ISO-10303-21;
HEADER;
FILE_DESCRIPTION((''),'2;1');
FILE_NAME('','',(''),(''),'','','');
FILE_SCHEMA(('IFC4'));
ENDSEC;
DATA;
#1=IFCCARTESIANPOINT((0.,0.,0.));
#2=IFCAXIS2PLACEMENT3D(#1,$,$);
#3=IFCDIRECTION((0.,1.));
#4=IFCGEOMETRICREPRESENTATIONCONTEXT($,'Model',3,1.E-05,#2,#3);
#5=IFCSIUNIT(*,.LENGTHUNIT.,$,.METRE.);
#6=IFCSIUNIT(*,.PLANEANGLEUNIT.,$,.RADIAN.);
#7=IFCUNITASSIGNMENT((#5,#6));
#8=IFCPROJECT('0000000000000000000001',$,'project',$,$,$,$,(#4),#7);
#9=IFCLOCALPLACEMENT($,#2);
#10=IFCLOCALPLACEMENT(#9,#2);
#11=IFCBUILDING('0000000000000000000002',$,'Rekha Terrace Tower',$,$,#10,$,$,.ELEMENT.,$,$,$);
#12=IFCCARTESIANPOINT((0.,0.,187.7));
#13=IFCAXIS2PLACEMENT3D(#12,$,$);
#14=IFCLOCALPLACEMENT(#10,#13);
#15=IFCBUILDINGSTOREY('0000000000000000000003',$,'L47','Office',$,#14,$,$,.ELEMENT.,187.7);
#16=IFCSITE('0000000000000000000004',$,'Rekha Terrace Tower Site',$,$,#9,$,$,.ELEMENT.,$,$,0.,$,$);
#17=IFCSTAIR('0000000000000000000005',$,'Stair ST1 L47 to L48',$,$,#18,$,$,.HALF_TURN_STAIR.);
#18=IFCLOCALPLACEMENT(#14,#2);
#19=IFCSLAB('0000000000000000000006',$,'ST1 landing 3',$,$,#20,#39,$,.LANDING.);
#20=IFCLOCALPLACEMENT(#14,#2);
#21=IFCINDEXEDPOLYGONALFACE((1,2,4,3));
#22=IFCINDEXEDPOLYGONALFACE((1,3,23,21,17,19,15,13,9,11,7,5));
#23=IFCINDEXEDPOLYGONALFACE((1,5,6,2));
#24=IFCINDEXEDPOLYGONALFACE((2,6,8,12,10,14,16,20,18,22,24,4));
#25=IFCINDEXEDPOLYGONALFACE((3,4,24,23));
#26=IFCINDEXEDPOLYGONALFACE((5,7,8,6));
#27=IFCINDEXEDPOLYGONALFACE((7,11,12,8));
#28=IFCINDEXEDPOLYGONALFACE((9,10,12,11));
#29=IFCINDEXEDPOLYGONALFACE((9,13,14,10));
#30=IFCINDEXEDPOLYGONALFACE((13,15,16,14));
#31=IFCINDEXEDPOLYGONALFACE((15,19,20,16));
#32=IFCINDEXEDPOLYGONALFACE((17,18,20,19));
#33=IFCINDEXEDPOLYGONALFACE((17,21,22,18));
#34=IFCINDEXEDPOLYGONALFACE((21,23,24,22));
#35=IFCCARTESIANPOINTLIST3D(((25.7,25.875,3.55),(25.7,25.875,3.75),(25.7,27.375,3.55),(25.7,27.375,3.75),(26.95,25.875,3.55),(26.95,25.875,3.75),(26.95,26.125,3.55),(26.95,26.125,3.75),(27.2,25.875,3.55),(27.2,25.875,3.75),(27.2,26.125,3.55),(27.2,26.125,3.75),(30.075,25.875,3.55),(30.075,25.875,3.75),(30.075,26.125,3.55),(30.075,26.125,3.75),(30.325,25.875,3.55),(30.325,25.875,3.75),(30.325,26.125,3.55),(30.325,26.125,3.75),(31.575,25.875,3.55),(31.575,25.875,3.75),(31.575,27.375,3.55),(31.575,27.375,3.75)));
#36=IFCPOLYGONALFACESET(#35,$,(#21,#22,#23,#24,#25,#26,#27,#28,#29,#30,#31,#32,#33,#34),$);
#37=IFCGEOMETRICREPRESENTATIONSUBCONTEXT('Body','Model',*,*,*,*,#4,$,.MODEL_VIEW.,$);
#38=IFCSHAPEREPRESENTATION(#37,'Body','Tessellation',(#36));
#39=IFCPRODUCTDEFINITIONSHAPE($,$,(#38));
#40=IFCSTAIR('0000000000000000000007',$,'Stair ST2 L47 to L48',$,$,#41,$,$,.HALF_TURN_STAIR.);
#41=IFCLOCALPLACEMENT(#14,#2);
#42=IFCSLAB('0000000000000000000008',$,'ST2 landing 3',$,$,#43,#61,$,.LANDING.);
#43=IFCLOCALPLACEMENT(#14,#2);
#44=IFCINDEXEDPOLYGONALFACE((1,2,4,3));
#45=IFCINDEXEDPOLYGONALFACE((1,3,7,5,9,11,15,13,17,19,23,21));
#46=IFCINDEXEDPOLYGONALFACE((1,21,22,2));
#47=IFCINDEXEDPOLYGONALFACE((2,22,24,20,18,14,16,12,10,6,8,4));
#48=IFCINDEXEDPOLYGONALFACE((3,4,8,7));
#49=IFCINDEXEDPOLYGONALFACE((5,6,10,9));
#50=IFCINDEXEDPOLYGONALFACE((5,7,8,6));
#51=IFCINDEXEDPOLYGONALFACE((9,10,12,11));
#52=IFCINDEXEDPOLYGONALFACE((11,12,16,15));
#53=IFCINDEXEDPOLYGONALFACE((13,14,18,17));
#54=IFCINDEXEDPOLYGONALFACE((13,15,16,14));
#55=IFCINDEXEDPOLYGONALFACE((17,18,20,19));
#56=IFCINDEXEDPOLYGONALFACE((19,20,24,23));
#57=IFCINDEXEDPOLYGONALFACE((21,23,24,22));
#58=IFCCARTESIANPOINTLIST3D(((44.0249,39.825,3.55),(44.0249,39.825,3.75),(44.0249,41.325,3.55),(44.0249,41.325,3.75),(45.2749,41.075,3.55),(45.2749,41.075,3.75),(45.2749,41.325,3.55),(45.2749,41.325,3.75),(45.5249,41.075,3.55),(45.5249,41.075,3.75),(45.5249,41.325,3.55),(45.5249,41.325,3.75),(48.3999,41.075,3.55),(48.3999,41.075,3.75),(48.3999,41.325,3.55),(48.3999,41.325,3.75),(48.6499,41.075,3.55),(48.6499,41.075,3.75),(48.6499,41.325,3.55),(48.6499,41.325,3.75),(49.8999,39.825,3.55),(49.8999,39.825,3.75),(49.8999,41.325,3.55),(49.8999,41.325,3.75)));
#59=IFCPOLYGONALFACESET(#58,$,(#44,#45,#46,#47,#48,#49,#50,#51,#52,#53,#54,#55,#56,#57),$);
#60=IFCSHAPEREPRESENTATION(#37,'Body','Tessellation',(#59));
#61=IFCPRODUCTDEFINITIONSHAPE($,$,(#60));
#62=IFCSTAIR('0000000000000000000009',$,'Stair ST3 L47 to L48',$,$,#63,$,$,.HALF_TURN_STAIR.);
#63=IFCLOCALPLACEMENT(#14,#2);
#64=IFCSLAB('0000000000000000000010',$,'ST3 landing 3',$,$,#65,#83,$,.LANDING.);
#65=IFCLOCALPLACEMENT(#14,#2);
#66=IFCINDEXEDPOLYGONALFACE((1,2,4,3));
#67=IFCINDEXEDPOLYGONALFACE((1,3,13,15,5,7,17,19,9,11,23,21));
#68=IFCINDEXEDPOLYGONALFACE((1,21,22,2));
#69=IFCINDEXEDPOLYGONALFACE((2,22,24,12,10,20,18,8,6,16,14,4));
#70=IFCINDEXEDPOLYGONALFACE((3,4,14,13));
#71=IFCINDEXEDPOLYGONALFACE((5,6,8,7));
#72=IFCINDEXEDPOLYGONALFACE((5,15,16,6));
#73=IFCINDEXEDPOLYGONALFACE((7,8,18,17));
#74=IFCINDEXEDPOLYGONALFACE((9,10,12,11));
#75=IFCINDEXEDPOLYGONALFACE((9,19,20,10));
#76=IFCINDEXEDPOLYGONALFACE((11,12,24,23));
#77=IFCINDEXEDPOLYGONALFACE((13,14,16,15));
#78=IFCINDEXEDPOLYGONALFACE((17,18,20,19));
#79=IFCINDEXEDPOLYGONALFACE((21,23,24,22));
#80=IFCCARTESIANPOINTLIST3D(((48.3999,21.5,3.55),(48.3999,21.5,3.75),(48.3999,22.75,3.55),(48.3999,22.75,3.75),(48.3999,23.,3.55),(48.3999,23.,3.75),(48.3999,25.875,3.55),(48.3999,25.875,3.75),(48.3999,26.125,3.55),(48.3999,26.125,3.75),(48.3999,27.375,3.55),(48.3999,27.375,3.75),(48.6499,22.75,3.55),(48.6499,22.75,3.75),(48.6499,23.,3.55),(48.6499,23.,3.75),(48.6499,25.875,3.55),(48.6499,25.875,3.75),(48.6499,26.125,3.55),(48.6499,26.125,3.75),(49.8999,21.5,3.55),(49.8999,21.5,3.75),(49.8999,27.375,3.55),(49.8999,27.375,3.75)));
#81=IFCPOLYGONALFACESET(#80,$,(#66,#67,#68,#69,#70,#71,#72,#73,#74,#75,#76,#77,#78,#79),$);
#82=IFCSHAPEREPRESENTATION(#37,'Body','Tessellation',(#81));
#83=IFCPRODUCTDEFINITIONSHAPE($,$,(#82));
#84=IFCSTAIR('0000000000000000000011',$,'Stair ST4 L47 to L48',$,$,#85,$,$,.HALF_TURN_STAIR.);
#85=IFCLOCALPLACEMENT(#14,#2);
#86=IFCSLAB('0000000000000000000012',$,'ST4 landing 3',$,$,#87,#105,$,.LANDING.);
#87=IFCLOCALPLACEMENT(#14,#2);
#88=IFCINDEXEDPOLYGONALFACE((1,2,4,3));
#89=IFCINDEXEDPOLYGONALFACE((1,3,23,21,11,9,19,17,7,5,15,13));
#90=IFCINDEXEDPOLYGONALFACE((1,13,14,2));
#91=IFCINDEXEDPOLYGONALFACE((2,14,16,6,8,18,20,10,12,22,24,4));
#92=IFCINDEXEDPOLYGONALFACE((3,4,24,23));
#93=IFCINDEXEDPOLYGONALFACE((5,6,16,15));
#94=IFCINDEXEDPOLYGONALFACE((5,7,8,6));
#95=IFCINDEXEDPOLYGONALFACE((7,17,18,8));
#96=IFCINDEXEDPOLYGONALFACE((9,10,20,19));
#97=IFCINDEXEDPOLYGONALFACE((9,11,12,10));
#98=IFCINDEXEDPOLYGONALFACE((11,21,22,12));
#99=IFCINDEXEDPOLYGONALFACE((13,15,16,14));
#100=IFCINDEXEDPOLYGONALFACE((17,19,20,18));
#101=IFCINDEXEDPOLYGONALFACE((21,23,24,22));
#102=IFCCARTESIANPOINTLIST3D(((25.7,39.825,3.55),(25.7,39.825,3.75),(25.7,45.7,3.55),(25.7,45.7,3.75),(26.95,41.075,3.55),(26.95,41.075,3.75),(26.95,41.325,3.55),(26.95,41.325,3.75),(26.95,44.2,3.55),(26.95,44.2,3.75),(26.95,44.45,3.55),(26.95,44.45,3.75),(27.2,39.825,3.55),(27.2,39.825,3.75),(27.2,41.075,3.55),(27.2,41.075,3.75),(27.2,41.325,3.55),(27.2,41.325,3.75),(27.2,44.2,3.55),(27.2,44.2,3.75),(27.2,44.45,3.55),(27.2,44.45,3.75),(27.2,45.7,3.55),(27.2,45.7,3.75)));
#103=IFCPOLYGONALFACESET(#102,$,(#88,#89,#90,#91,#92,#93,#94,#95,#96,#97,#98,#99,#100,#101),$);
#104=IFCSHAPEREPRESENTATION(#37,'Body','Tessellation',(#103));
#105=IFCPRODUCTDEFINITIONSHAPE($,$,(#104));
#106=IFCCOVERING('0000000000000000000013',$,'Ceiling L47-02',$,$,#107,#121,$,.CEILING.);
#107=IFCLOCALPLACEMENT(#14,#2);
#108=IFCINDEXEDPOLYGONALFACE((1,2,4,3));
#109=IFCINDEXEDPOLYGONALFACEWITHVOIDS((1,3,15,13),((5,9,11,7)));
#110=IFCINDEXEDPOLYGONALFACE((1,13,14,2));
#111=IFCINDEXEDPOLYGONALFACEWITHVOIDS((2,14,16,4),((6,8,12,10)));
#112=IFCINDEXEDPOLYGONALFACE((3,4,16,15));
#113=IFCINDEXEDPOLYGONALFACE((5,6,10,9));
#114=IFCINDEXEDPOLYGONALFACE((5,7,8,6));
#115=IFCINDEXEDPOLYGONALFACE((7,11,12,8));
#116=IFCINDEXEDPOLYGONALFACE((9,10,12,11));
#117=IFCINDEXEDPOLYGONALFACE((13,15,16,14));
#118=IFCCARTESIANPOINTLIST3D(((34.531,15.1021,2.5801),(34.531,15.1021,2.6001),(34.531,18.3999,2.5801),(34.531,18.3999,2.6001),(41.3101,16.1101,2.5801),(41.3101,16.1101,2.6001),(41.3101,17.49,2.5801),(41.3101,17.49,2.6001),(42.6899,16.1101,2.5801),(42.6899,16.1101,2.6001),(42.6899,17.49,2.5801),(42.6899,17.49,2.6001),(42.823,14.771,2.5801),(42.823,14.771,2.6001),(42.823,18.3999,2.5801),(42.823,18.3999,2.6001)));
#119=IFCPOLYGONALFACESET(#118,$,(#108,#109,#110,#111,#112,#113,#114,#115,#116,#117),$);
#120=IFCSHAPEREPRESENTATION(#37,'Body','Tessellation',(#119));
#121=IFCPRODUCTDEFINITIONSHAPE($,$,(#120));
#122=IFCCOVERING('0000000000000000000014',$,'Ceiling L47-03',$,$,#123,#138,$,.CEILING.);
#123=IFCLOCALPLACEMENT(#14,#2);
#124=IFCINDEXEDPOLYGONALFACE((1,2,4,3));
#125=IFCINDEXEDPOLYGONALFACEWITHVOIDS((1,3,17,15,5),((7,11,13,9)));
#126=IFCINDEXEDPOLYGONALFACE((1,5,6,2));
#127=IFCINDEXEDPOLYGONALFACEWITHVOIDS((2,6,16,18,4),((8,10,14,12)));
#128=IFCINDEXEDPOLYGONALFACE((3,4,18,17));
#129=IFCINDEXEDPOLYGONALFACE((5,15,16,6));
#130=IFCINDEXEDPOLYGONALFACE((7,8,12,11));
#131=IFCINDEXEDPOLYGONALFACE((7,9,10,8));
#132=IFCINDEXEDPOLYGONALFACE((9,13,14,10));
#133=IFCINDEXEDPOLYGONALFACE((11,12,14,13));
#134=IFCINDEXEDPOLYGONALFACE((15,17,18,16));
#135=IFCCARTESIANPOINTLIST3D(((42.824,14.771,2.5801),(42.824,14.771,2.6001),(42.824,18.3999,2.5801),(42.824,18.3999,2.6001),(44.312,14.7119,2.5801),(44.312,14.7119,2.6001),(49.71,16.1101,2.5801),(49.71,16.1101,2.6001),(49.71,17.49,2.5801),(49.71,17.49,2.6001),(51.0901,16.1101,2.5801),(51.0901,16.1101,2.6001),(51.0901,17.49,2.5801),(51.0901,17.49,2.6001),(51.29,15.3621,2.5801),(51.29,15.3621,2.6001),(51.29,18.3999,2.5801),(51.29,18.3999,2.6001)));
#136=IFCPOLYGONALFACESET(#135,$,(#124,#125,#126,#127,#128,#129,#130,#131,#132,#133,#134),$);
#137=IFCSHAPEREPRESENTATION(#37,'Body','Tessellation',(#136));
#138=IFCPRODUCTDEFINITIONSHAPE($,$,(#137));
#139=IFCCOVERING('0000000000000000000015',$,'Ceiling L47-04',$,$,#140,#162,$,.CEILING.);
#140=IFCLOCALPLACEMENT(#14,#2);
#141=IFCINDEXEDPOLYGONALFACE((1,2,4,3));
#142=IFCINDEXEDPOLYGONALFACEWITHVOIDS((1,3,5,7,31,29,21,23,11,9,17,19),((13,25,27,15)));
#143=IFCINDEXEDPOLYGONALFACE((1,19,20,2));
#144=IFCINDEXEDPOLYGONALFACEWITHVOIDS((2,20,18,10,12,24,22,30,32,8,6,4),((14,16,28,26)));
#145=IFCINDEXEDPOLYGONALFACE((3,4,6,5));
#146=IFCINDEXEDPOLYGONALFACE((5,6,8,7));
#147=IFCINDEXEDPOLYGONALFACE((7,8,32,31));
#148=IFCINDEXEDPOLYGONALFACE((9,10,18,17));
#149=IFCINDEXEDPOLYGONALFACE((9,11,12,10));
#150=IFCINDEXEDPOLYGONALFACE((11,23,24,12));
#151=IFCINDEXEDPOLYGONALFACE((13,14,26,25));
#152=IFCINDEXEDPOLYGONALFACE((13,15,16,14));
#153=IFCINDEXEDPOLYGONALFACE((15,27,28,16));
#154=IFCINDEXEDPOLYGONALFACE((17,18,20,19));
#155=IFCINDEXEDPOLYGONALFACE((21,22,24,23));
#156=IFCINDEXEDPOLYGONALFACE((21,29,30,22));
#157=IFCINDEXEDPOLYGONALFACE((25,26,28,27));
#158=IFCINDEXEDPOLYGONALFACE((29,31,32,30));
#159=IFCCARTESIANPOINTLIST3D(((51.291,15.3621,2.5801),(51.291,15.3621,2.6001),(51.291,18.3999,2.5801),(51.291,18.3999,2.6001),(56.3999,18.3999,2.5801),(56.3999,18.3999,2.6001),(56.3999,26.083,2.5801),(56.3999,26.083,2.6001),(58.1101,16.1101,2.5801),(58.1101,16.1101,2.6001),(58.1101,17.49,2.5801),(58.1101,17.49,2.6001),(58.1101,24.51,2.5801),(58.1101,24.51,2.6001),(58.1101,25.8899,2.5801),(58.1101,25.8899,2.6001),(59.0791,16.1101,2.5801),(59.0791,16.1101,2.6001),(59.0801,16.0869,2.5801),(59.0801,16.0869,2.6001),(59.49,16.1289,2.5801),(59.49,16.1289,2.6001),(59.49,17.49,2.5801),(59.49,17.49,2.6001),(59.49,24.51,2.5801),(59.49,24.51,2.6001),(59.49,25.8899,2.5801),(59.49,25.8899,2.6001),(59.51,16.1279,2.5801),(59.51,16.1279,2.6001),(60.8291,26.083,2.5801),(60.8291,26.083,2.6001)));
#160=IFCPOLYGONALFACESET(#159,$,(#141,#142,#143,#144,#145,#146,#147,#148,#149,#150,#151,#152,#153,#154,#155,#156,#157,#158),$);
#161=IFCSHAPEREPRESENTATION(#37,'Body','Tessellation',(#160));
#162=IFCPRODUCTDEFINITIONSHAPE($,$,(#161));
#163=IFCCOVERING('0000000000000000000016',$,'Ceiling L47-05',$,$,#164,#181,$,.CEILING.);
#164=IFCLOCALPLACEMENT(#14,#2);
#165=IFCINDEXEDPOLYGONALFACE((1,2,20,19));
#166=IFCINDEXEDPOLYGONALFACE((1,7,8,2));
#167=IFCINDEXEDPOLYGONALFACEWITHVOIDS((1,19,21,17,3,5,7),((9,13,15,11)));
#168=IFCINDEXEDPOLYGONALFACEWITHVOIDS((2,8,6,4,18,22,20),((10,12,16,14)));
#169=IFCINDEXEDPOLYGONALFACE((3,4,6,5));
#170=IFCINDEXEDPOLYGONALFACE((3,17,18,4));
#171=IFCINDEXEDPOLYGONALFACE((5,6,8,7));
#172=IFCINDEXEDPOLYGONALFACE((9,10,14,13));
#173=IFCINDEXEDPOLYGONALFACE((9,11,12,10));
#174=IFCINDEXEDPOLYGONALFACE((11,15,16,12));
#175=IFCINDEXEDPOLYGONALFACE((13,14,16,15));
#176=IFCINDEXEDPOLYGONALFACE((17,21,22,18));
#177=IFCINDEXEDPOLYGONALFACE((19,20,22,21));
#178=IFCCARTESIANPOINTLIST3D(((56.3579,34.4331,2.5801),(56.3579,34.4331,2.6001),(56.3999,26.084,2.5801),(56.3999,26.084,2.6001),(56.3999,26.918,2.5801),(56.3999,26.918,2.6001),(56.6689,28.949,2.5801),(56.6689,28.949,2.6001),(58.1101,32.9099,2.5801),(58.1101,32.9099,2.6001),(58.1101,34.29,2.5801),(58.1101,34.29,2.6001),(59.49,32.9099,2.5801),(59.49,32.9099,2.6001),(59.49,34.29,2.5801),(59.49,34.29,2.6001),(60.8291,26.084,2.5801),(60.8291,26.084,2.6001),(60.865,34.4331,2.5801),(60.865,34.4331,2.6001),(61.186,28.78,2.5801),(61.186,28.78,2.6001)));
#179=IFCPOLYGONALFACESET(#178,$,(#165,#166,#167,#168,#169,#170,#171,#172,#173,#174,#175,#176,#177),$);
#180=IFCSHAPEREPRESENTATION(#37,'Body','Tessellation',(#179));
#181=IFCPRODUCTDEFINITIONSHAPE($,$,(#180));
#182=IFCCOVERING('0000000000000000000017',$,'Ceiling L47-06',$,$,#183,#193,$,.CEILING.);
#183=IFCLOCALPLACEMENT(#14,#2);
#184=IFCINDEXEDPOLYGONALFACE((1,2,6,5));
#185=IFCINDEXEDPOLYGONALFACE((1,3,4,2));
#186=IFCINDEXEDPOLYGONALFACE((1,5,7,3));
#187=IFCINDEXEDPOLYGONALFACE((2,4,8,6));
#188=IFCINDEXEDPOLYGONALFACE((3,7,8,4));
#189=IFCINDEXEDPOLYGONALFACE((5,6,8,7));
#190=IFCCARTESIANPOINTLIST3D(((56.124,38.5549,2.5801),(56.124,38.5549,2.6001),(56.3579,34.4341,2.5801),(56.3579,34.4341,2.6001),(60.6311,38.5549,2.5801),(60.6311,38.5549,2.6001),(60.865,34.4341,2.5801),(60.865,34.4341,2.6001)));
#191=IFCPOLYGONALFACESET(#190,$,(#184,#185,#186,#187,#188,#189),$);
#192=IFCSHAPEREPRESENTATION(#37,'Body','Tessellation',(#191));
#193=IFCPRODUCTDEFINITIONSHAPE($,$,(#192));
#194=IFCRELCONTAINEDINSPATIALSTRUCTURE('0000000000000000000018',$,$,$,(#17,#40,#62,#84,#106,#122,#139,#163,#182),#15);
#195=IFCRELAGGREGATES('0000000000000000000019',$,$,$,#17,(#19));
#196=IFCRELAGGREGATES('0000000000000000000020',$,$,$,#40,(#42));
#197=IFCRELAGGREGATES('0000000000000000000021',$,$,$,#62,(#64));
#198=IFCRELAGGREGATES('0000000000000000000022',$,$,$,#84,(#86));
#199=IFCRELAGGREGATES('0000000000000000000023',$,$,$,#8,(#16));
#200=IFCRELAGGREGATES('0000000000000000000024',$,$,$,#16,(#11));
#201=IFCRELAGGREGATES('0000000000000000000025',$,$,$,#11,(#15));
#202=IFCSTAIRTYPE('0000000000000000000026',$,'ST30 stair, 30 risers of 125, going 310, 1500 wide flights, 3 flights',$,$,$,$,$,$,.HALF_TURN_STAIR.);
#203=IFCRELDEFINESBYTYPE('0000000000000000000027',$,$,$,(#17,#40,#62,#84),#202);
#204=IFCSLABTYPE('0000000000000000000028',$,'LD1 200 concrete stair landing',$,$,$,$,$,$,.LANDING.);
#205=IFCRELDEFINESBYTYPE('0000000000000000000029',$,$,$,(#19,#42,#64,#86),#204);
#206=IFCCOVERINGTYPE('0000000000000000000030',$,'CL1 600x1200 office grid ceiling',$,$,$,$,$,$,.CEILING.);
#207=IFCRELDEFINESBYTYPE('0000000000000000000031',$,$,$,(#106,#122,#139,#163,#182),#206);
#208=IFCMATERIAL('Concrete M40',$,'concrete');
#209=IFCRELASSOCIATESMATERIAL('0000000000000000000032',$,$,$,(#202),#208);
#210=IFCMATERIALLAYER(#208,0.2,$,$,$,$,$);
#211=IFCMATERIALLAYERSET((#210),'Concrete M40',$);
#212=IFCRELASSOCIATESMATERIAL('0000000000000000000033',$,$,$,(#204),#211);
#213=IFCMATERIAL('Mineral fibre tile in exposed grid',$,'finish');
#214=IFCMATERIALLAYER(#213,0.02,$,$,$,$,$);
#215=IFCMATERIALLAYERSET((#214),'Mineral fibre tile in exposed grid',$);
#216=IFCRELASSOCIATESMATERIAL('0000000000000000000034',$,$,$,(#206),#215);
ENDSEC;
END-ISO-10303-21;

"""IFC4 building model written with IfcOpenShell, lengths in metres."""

from ifc_helpers import new_model, si_unit, direction, frame, origin, place, context, subcontext, project, spatial, polyline, outline, extrude, material, layer, layer_set, type_object, element, aggregate, save


model = new_model("IFC4")

# Units and contexts
model_context = context("Model", 3, precision=1e-05, world=origin(), true_north=direction((0.0, 1.0)))
body_context = subcontext(model_context, "Body", "Model", "MODEL_VIEW")
ifc_project = project(units=[si_unit("LENGTHUNIT", "METRE"), si_unit("PLANEANGLEUNIT", "RADIAN")], contexts=[model_context])

# Site, building, storey
site_placement = place(None, origin())
site = spatial("IfcSite", under=ifc_project, at=site_placement, Name="Rekha Terrace Tower Site", CompositionType="ELEMENT", RefElevation=0.0)
building_placement = place(site_placement, origin())
building = spatial("IfcBuilding", under=site, at=building_placement, Name="Rekha Terrace Tower", CompositionType="ELEMENT")
storey_placement = place(building_placement, frame((0.0, 0.0, 187.7)))
storey = spatial("IfcBuildingStorey", under=building, at=storey_placement, Name="L47", Description="Office", CompositionType="ELEMENT", Elevation=187.7)

# Stairs, slabs
ifc_material_1 = material(Name="Concrete M40", Category="concrete")
stair_type = type_object("IfcStairType", Name="ST30 stair, 30 risers of 125, going 310, 1500 wide flights, 3 flights", PredefinedType="HALF_TURN_STAIR", material=ifc_material_1)
stair_1_placement = place(storey_placement, origin())
stair_1 = element("IfcStair", 1, at=stair_1_placement, inside=storey, type_object=stair_type, Name="Stair ST1 L47 to L48", PredefinedType="HALF_TURN_STAIR")
ifc_layer_1 = layer(ifc_material_1, 0.2)
ifc_layer_set_1 = layer_set([ifc_layer_1], Name="Concrete M40")
slab_type = type_object("IfcSlabType", Name="LD1 200 concrete stair landing", PredefinedType="LANDING", material=ifc_layer_set_1)
slab_1_placement = place(storey_placement, frame((0.0, 0.0, 3.55)))
slab_1 = element("IfcSlab", 2, at=slab_1_placement, type_object=slab_type, Name="ST1 landing 3", PredefinedType="LANDING", context=body_context, shape_type="SweptSolid", body=[
    extrude(outline(polyline([(31.575, 25.875), (31.575, 27.375), (25.7, 27.375), (25.7, 25.875), (26.95, 25.875), (26.95, 26.125), (27.2, 26.125), (27.2, 25.875), (30.075, 25.875), (30.075, 26.125), (30.325, 26.125), (30.325, 25.875), (31.575, 25.875)])), origin(), (0.0, 0.0, 1.0), 0.2),
])
aggregate(stair_1, [slab_1])
stair_2_placement = place(storey_placement, origin())
stair_2 = element("IfcStair", 3, at=stair_2_placement, inside=storey, type_object=stair_type, Name="Stair ST2 L47 to L48", PredefinedType="HALF_TURN_STAIR")
slab_2_placement = place(storey_placement, frame((0.0, 0.0, 3.55)))
slab_2 = element("IfcSlab", 4, at=slab_2_placement, type_object=slab_type, Name="ST2 landing 3", PredefinedType="LANDING", context=body_context, shape_type="SweptSolid", body=[
    extrude(outline(polyline([(44.0249, 41.325), (44.0249, 39.825), (49.8999, 39.825), (49.8999, 41.325), (48.6499, 41.325), (48.6499, 41.075), (48.3999, 41.075), (48.3999, 41.325), (45.5249, 41.325), (45.5249, 41.075), (45.2749, 41.075), (45.2749, 41.325), (44.0249, 41.325)])), origin(), (0.0, 0.0, 1.0), 0.2),
])
aggregate(stair_2, [slab_2])
stair_3_placement = place(storey_placement, origin())
stair_3 = element("IfcStair", 5, at=stair_3_placement, inside=storey, type_object=stair_type, Name="Stair ST3 L47 to L48", PredefinedType="HALF_TURN_STAIR")
slab_3_placement = place(storey_placement, frame((0.0, 0.0, 3.55)))
slab_3 = element("IfcSlab", 6, at=slab_3_placement, type_object=slab_type, Name="ST3 landing 3", PredefinedType="LANDING", context=body_context, shape_type="SweptSolid", body=[
    extrude(outline(polyline([(48.3999, 21.5), (49.8999, 21.5), (49.8999, 27.375), (48.3999, 27.375), (48.3999, 26.125), (48.6499, 26.125), (48.6499, 25.875), (48.3999, 25.875), (48.3999, 23.0), (48.6499, 23.0), (48.6499, 22.75), (48.3999, 22.75), (48.3999, 21.5)])), origin(), (0.0, 0.0, 1.0), 0.2),
])
aggregate(stair_3, [slab_3])
stair_4_placement = place(storey_placement, origin())
stair_4 = element("IfcStair", 7, at=stair_4_placement, inside=storey, type_object=stair_type, Name="Stair ST4 L47 to L48", PredefinedType="HALF_TURN_STAIR")
slab_4_placement = place(storey_placement, frame((0.0, 0.0, 3.55)))
slab_4 = element("IfcSlab", 8, at=slab_4_placement, type_object=slab_type, Name="ST4 landing 3", PredefinedType="LANDING", context=body_context, shape_type="SweptSolid", body=[
    extrude(outline(polyline([(27.2, 39.825), (25.7, 39.825), (25.7, 45.7), (27.2, 45.7), (27.2, 44.45), (26.95, 44.45), (26.95, 44.2), (27.2, 44.2), (27.2, 41.325), (26.95, 41.325), (26.95, 41.075), (27.2, 41.075), (27.2, 39.825)])), origin(), (0.0, 0.0, 1.0), 0.2),
])
aggregate(stair_4, [slab_4])

# Coverings
ifc_material_2 = material(Name="Mineral fibre tile in exposed grid", Category="finish")
ifc_layer_2 = layer(ifc_material_2, 0.02)
ifc_layer_set_2 = layer_set([ifc_layer_2], Name="Mineral fibre tile in exposed grid")
covering_type_1 = type_object("IfcCoveringType", Name="CL1 600x1200 office grid ceiling", PredefinedType="CEILING", material=ifc_layer_set_2)
covering_1_placement = place(storey_placement, frame((0.0, 0.0, 2.5801)))
element("IfcCovering", 9, at=covering_1_placement, inside=storey, type_object=covering_type_1, Name="Ceiling L47-02", PredefinedType="CEILING", context=body_context, shape_type="SweptSolid", body=[
    extrude(outline(polyline([(42.823, 14.771), (42.823, 18.3999), (34.531, 18.3999), (34.531, 15.1021), (42.823, 14.771)]), holes=[polyline([(42.6899, 17.49), (42.6899, 16.1101), (41.3101, 16.1101), (41.3101, 17.49), (42.6899, 17.49)])]), origin(), (0.0, 0.0, 1.0), 0.02),
])
covering_2_placement = place(storey_placement, frame((0.0, 0.0, 2.5801)))
element("IfcCovering", 10, at=covering_2_placement, inside=storey, type_object=covering_type_1, Name="Ceiling L47-03", PredefinedType="CEILING", context=body_context, shape_type="SweptSolid", body=[
    extrude(outline(polyline([(51.29, 18.3999), (42.824, 18.3999), (42.824, 14.771), (44.312, 14.7119), (51.29, 15.3621), (51.29, 18.3999)]), holes=[polyline([(51.0901, 16.1101), (49.71, 16.1101), (49.71, 17.49), (51.0901, 17.49), (51.0901, 16.1101)])]), origin(), (0.0, 0.0, 1.0), 0.02),
])
covering_3_placement = place(storey_placement, frame((0.0, 0.0, 2.5801)))
element("IfcCovering", 11, at=covering_3_placement, inside=storey, type_object=covering_type_1, Name="Ceiling L47-04", PredefinedType="CEILING", context=body_context, shape_type="SweptSolid", body=[
    extrude(outline(polyline([(56.3999, 26.083), (56.3999, 18.3999), (51.291, 18.3999), (51.291, 15.3621), (59.0801, 16.0869), (59.0791, 16.1101), (58.1101, 16.1101), (58.1101, 17.49), (59.49, 17.49), (59.49, 16.1289), (59.51, 16.1279), (60.8291, 26.083), (56.3999, 26.083)]), holes=[polyline([(59.49, 24.51), (58.1101, 24.51), (58.1101, 25.8899), (59.49, 25.8899), (59.49, 24.51)])]), origin(), (0.0, 0.0, 1.0), 0.02),
])
covering_4_placement = place(storey_placement, frame((0.0, 0.0, 2.5801)))
element("IfcCovering", 12, at=covering_4_placement, inside=storey, type_object=covering_type_1, Name="Ceiling L47-05", PredefinedType="CEILING", context=body_context, shape_type="SweptSolid", body=[
    extrude(outline(polyline([(60.865, 34.4331), (56.3579, 34.4331), (56.6689, 28.949), (56.3999, 26.918), (56.3999, 26.084), (60.8291, 26.084), (61.186, 28.78), (60.865, 34.4331)]), holes=[polyline([(59.49, 34.29), (59.49, 32.9099), (58.1101, 32.9099), (58.1101, 34.29), (59.49, 34.29)])]), origin(), (0.0, 0.0, 1.0), 0.02),
])
covering_5_placement = place(storey_placement, frame((0.0, 0.0, 2.5801)))
element("IfcCovering", 13, at=covering_5_placement, inside=storey, type_object=covering_type_1, Name="Ceiling L47-06", PredefinedType="CEILING", context=body_context, shape_type="SweptSolid", body=[
    extrude(outline(polyline([(56.3579, 34.4341), (60.865, 34.4341), (60.6311, 38.5549), (56.124, 38.5549), (56.3579, 34.4341)])), origin(), (0.0, 0.0, 1.0), 0.02),
])

save(model, "model.ifc")
